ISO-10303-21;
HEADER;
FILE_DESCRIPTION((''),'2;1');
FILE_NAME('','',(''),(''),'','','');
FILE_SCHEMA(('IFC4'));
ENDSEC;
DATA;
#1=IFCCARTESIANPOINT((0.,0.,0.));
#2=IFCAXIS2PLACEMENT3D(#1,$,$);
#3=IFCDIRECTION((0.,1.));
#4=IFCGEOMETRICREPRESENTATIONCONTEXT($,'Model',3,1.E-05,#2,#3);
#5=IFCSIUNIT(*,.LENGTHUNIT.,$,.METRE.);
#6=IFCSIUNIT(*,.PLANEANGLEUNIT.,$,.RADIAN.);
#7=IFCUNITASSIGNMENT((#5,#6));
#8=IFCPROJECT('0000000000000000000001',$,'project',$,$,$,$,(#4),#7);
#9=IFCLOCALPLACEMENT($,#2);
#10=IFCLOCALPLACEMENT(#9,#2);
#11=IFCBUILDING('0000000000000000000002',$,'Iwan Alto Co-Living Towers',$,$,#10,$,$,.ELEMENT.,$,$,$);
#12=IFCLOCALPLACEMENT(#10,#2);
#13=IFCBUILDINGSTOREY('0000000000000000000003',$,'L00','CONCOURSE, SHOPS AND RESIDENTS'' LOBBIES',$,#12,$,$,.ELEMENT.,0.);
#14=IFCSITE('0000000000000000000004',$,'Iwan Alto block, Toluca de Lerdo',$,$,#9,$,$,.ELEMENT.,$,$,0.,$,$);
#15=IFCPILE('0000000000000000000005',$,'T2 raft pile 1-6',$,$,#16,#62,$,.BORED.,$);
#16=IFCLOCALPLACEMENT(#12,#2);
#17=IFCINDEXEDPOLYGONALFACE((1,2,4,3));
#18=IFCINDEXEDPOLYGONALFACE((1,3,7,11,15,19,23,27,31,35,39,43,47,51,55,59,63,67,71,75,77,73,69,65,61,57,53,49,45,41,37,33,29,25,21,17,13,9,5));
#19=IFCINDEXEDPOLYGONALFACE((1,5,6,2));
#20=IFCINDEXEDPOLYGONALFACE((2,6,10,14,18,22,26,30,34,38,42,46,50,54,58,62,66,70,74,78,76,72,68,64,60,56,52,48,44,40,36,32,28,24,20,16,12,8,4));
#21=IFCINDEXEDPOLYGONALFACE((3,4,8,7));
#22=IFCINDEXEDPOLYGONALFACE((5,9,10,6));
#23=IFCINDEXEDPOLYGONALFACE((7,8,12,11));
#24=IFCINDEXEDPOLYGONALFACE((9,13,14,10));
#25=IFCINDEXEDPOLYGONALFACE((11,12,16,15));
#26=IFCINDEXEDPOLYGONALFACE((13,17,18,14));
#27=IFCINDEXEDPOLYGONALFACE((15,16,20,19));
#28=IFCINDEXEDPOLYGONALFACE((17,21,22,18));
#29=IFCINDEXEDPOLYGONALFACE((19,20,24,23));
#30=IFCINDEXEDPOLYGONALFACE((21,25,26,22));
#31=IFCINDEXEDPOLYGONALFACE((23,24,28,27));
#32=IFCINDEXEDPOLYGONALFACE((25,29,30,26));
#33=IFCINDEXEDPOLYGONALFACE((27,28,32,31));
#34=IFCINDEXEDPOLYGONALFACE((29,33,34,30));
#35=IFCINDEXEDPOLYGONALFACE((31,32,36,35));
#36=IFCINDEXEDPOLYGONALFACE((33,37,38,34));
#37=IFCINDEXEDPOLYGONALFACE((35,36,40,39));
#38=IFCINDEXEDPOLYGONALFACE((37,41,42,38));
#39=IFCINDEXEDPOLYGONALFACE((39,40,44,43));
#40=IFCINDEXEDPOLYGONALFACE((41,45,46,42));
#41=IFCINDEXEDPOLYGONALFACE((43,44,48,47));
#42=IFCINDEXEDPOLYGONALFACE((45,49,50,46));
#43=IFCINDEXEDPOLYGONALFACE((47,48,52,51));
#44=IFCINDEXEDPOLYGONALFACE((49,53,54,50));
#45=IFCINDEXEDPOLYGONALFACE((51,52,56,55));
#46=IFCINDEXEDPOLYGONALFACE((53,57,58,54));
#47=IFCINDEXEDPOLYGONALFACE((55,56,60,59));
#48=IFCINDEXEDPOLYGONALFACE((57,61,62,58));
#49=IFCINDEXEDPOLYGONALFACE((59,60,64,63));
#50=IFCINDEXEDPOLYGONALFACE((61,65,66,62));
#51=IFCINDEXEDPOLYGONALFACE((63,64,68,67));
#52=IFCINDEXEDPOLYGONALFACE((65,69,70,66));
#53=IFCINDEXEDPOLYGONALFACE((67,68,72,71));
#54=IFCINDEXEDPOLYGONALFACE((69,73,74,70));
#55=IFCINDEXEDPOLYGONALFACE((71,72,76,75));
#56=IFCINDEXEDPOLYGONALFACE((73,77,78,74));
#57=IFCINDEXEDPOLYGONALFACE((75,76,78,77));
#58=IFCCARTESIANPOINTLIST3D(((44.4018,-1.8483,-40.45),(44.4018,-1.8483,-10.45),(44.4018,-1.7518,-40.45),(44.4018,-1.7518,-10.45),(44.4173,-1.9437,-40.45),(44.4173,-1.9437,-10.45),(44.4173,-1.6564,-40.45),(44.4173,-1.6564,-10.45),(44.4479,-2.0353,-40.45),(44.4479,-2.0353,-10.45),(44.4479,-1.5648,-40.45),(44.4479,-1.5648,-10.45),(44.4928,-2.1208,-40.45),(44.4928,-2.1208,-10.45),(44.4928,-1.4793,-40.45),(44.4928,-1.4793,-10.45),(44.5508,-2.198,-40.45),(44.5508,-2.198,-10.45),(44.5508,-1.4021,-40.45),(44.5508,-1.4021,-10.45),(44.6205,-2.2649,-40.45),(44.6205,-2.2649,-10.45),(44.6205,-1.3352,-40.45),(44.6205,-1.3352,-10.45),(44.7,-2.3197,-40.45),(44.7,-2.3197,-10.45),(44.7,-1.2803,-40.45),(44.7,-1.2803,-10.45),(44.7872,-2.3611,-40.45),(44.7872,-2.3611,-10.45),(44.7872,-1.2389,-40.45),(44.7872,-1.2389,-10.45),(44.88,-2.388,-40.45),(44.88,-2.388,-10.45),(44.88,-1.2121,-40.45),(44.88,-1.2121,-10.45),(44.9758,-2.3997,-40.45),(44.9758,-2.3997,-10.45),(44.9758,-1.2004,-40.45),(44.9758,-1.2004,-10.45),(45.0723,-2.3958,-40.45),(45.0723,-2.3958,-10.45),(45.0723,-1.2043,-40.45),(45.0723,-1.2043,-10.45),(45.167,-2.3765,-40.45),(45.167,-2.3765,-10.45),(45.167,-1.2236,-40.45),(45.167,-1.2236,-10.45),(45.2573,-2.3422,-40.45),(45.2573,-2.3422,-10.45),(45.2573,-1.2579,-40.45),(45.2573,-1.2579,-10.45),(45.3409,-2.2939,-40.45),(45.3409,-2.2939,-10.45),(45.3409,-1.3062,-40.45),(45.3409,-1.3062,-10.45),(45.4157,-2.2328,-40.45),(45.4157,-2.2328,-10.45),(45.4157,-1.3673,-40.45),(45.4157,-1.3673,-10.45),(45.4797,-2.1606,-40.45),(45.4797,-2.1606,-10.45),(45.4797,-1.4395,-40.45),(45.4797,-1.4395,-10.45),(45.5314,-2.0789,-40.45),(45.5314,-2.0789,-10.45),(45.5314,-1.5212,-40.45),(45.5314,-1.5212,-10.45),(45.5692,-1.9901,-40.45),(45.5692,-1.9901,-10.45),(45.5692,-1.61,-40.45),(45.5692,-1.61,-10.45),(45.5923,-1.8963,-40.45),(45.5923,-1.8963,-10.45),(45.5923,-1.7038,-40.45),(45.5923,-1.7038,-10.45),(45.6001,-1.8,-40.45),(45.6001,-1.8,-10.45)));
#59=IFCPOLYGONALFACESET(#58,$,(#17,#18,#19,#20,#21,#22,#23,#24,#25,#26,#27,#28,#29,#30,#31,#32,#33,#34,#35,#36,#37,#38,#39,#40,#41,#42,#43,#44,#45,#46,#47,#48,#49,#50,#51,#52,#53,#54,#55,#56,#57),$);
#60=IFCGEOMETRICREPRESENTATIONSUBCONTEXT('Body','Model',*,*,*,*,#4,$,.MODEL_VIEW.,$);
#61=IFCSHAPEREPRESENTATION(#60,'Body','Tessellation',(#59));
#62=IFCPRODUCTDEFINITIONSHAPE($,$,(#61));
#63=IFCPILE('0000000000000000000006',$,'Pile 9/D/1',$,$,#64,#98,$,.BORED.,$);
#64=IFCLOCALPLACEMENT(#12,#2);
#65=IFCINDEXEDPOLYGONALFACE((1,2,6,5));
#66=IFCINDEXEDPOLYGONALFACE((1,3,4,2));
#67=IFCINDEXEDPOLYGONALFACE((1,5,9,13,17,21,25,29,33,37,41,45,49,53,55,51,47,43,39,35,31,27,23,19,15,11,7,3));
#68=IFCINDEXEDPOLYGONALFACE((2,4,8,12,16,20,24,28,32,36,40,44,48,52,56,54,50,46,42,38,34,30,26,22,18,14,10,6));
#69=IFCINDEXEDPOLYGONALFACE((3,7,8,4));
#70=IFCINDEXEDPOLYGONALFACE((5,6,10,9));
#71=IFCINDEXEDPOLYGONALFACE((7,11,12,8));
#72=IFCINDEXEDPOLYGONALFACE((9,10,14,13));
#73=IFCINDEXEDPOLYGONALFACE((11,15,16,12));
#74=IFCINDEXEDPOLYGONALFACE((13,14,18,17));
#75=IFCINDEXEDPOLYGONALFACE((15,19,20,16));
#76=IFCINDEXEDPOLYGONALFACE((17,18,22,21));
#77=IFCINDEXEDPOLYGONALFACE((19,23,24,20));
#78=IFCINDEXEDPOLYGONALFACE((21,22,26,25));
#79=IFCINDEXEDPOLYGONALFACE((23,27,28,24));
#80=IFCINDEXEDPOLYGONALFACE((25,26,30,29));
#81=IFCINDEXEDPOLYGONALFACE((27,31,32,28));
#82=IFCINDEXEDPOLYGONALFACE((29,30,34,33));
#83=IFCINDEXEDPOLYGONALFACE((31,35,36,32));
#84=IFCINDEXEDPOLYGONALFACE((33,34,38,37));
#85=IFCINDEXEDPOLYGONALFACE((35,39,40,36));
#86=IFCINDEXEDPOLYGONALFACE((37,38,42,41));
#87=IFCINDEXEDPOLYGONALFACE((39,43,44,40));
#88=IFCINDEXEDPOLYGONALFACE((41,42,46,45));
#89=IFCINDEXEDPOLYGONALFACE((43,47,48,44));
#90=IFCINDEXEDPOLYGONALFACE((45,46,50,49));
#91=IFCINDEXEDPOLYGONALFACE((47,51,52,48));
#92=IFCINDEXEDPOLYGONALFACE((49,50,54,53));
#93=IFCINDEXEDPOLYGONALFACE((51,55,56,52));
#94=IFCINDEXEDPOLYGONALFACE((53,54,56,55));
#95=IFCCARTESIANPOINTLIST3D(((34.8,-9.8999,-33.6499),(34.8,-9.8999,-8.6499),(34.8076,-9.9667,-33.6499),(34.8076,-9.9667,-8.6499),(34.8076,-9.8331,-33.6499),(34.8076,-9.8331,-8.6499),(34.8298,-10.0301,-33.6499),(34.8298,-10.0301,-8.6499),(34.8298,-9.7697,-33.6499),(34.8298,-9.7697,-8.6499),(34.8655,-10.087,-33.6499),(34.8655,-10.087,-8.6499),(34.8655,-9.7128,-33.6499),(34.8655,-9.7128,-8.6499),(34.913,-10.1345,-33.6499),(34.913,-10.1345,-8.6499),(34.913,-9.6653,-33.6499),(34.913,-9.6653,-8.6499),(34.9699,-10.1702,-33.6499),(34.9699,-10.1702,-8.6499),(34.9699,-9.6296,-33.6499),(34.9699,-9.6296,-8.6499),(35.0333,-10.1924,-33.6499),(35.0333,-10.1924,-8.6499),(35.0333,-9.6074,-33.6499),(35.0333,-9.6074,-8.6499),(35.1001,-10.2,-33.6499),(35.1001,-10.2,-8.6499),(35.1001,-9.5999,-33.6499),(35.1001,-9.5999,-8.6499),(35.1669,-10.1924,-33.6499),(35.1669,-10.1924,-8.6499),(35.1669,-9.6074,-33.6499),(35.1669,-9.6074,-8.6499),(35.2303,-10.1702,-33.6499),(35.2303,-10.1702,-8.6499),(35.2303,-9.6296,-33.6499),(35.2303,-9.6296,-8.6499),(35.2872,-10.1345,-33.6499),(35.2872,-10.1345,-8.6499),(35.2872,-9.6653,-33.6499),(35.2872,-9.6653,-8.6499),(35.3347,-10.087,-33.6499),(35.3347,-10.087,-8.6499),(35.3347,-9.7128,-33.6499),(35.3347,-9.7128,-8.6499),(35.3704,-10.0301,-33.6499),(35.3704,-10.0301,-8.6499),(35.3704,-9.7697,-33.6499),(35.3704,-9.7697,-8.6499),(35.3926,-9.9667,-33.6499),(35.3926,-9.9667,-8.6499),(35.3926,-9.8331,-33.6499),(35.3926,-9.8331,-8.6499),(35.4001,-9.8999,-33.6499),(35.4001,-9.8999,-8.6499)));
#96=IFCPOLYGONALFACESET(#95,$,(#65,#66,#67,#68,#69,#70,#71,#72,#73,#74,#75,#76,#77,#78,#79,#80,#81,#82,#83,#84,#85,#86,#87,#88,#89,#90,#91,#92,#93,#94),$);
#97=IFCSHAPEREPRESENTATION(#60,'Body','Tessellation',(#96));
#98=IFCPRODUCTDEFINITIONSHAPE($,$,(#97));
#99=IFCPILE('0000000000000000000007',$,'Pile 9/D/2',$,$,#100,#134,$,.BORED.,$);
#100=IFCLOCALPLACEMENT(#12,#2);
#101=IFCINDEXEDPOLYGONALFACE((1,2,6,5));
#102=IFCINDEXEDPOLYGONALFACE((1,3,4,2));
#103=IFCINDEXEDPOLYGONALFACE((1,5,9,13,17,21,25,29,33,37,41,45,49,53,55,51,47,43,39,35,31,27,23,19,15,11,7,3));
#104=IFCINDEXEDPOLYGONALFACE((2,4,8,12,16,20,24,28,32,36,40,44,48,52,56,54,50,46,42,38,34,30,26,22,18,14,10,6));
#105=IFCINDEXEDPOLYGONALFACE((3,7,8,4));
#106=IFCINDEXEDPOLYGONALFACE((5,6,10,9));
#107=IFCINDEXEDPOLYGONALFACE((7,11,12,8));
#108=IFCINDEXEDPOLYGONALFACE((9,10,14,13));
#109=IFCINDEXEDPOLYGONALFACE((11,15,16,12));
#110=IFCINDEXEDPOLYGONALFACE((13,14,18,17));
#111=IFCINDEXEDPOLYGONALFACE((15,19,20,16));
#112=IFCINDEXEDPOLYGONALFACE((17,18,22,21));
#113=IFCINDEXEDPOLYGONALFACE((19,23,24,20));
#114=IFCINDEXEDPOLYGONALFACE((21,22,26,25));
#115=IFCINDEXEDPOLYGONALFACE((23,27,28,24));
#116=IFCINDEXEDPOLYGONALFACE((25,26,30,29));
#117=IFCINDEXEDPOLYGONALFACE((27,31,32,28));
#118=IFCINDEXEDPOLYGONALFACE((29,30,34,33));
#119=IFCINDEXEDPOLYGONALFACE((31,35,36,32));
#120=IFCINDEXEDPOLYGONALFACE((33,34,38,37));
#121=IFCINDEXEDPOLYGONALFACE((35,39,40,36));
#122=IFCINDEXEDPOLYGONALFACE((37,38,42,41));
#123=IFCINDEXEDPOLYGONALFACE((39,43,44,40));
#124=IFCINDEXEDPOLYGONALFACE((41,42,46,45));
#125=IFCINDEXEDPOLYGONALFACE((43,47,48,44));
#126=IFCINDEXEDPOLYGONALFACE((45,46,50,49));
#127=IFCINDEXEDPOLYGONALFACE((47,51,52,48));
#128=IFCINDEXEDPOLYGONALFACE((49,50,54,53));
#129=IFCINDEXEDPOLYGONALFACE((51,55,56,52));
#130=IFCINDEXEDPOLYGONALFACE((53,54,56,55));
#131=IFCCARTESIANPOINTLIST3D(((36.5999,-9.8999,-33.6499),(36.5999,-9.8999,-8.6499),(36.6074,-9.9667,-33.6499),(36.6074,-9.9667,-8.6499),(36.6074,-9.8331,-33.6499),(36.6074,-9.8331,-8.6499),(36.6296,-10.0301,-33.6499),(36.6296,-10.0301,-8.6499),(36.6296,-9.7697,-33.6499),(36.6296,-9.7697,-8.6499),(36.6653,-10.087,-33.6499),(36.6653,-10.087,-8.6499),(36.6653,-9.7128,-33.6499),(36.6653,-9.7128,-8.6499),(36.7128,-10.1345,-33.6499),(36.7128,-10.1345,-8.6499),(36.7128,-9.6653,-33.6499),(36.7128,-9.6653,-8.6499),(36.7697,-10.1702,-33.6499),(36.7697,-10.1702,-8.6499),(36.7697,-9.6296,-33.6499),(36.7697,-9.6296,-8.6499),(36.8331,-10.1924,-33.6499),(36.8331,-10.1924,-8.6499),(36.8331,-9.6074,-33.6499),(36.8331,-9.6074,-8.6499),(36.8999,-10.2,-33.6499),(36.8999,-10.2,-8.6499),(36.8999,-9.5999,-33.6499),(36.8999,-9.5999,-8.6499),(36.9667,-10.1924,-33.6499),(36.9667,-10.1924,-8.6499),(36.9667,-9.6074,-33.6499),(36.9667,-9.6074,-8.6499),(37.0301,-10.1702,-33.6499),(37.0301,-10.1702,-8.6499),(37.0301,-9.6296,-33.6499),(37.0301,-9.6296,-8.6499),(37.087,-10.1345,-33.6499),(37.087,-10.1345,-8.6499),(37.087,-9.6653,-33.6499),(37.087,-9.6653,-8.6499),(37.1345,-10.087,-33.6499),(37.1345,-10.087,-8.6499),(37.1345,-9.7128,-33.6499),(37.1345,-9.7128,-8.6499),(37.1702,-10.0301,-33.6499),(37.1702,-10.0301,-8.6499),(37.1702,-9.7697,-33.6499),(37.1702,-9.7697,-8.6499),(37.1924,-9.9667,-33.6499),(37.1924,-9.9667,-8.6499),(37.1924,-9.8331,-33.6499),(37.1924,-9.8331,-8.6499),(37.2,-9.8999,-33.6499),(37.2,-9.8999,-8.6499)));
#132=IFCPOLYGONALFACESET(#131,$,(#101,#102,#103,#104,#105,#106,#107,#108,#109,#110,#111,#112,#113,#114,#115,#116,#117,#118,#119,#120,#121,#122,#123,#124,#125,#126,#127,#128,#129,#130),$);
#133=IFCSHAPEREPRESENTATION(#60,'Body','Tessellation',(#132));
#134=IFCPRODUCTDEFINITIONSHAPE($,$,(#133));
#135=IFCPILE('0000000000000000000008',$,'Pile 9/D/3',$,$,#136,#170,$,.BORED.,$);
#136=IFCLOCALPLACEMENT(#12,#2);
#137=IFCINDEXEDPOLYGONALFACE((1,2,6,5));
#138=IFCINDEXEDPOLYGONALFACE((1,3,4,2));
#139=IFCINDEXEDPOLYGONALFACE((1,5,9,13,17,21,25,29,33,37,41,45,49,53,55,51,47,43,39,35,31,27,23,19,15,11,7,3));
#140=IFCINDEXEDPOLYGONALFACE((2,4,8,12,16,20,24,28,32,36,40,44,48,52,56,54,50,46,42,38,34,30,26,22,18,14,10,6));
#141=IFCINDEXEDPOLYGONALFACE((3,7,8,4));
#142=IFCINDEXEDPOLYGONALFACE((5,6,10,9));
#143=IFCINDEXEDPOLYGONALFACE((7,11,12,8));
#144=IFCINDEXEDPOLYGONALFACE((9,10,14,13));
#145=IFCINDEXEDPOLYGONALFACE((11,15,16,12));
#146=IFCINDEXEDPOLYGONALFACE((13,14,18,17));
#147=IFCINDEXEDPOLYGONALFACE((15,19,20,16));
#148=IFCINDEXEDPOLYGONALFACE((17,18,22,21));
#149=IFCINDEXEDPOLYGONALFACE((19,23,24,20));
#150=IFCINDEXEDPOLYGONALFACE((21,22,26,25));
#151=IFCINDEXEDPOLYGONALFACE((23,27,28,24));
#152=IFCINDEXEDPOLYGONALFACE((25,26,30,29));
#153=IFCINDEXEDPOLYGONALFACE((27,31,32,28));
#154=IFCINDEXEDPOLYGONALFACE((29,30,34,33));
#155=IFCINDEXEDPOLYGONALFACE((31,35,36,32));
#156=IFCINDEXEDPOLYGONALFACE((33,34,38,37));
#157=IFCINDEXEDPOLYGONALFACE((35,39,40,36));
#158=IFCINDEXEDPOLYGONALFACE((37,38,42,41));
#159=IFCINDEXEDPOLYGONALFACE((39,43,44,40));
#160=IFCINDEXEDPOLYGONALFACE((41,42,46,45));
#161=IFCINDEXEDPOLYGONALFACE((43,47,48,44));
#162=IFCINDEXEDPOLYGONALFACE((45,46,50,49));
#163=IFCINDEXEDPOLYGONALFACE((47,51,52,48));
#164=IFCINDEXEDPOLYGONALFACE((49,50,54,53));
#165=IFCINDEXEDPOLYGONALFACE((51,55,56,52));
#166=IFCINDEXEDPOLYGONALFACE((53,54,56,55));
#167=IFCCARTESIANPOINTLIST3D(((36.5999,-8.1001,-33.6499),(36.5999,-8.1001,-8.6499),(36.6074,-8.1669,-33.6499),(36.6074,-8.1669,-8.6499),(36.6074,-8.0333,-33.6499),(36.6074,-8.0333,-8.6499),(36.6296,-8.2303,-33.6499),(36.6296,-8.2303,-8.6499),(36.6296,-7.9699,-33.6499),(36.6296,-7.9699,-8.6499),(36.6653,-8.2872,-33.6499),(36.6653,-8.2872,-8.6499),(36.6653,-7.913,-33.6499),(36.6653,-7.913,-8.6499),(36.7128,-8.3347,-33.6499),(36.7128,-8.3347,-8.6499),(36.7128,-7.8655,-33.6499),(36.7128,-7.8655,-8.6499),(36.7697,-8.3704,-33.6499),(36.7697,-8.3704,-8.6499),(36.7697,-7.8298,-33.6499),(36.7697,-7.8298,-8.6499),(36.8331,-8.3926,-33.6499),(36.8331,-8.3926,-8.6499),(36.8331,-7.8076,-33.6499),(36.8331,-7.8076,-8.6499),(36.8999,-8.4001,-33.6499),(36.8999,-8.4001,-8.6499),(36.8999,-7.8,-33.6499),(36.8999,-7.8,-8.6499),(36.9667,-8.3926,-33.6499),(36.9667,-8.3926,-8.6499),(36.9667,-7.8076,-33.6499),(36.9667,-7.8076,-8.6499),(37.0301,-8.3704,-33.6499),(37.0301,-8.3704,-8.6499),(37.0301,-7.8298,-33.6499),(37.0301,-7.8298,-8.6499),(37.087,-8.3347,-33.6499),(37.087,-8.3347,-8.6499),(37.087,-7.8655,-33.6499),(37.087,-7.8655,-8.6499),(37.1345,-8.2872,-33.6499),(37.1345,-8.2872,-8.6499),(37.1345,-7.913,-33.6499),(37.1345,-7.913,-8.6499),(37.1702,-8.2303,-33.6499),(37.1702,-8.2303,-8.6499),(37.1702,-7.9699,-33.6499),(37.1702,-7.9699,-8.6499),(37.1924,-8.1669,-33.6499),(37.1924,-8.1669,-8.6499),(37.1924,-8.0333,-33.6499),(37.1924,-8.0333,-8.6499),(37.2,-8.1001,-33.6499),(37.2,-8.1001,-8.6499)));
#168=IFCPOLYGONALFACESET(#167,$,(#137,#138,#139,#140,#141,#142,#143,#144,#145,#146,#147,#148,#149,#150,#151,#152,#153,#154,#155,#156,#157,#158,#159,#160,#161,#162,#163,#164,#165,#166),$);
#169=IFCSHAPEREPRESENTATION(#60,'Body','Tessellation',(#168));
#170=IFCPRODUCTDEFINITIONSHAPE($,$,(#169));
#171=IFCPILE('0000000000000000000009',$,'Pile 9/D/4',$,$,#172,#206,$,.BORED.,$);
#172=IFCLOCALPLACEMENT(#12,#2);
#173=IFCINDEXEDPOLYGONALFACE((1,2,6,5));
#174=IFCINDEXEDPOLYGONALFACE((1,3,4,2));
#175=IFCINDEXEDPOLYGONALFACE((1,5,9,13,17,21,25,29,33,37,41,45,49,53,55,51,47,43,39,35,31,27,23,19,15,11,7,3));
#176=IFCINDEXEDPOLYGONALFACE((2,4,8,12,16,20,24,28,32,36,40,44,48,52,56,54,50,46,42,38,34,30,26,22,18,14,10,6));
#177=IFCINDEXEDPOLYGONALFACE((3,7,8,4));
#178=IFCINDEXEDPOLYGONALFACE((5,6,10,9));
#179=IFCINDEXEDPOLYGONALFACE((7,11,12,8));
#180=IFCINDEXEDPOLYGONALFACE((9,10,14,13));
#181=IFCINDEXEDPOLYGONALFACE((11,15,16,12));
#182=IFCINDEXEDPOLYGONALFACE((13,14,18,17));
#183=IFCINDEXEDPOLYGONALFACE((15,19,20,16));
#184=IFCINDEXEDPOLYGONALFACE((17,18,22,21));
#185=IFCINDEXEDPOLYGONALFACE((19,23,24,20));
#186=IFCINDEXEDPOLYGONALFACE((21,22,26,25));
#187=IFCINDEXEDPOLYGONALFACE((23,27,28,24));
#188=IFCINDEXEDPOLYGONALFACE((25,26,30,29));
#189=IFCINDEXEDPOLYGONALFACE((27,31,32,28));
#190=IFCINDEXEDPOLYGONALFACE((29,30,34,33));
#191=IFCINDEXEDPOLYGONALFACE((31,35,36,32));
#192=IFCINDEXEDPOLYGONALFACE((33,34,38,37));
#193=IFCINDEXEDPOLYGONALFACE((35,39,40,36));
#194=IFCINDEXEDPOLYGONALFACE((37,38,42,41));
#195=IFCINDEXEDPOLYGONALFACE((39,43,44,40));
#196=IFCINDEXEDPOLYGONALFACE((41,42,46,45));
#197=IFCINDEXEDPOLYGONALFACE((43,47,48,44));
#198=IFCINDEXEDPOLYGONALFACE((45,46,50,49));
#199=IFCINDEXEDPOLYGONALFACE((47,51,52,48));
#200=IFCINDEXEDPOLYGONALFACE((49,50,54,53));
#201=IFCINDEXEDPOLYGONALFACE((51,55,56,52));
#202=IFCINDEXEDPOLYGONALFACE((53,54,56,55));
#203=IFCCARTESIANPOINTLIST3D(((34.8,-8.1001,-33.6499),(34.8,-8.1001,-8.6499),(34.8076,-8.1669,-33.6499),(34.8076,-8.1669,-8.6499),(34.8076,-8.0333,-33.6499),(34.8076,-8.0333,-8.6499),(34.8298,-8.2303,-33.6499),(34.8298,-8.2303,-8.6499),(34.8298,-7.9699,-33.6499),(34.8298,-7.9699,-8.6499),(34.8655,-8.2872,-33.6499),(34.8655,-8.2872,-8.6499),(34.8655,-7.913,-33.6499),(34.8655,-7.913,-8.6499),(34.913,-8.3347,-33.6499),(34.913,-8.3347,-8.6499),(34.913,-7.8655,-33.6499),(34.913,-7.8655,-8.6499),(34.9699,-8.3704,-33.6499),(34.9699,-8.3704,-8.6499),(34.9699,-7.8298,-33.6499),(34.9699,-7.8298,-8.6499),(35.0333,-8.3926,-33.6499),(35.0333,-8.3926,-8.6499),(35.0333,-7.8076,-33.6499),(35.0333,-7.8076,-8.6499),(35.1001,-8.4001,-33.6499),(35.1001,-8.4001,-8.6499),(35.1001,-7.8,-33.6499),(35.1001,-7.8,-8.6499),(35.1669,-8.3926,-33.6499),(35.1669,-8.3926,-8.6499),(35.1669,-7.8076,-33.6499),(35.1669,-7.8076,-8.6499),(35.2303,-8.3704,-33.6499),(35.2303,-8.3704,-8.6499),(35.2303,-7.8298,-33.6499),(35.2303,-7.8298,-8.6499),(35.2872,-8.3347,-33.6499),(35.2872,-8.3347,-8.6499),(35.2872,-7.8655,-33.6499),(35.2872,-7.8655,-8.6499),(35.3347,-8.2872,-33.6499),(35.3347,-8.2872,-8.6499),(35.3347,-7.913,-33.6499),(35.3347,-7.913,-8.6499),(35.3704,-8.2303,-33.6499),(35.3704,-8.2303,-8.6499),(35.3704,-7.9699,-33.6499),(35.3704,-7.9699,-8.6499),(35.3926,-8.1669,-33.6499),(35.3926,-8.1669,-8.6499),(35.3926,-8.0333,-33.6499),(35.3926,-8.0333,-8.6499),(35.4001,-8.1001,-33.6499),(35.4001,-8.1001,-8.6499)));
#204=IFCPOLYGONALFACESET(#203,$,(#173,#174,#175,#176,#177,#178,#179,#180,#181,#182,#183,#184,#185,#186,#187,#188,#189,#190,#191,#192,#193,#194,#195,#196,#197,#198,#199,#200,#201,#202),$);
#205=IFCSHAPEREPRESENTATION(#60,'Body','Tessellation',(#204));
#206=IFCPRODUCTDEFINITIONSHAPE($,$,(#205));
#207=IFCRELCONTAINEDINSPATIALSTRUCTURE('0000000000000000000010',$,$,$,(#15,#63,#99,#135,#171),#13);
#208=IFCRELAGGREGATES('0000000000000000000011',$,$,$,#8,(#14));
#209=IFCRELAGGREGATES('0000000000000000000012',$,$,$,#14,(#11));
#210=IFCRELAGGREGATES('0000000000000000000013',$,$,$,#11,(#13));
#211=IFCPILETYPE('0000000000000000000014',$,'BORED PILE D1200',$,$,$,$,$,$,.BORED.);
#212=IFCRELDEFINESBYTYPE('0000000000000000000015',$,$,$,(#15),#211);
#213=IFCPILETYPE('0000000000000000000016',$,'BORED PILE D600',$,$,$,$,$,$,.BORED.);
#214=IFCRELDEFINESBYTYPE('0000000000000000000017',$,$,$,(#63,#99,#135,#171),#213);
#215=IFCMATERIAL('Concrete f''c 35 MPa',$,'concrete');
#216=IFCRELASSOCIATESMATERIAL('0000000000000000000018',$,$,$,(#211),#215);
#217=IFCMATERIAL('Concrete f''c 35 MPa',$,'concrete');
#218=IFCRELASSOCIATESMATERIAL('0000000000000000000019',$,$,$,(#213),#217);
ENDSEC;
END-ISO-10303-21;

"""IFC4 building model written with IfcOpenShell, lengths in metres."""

from ifc_helpers import new_model, si_unit, direction, frame, origin, origin_2d, place, context, subcontext, project, spatial, circle, extrude, material, material_profile, profile_set, type_object, element, save


model = new_model("IFC4")

# Units and contexts
model_context = context("Model", 3, precision=1e-05, world=origin(), true_north=direction((0.0, 1.0)))
body_context = subcontext(model_context, "Body", "Model", "MODEL_VIEW")
ifc_project = project(units=[si_unit("LENGTHUNIT", "METRE"), si_unit("PLANEANGLEUNIT", "RADIAN")], contexts=[model_context])

# Site, building, storey
site_placement = place(None, origin())
site = spatial("IfcSite", under=ifc_project, at=site_placement, Name="Iwan Alto block, Toluca de Lerdo", CompositionType="ELEMENT", RefElevation=0.0)
building_placement = place(site_placement, origin())
building = spatial("IfcBuilding", under=site, at=building_placement, Name="Iwan Alto Co-Living Towers", CompositionType="ELEMENT")
storey_placement = place(building_placement, origin())
storey = spatial("IfcBuildingStorey", under=building, at=storey_placement, Name="L00", Description="CONCOURSE, SHOPS AND RESIDENTS' LOBBIES", CompositionType="ELEMENT", Elevation=0.0)

# Piles
ifc_material_1 = material(Name="Concrete f'c 35 MPa", Category="concrete")
ifc_material_profile_1 = material_profile(ifc_material_1, circle(Radius=0.6001, at=origin_2d()), Name="D1200")
ifc_profile_set_1 = profile_set([ifc_material_profile_1], Name="Concrete f'c 35 MPa")
pile_type_1 = type_object("IfcPileType", Name="BORED PILE D1200", PredefinedType="BORED", material=ifc_profile_set_1)
for number, where, z_axis, x_axis, name in (
    (1, (45.0, -1.8, -10.45), (0.0, 0.0, -1.0), (1.0, 0.0, 0.0), "T2 raft pile 1-6"),
):
    element("IfcPile", number, at=place(storey_placement, frame(where, z_axis=z_axis, x_axis=x_axis)), inside=storey, type_object=pile_type_1, Name=name, PredefinedType="BORED", context=body_context, shape_type="SweptSolid", body=[
        extrude(circle(Radius=0.6001, at=origin_2d()), origin(), (0.0, 0.0, 1.0), 30.0),
    ])
ifc_material_2 = material(Name="Concrete f'c 35 MPa", Category="concrete")
ifc_material_profile_2 = material_profile(ifc_material_2, circle(Radius=0.3, at=origin_2d()), Name="D600")
ifc_profile_set_2 = profile_set([ifc_material_profile_2], Name="Concrete f'c 35 MPa")
pile_type_2 = type_object("IfcPileType", Name="BORED PILE D600", PredefinedType="BORED", material=ifc_profile_set_2)
for number, where, z_axis, x_axis, name in (
    (2, (35.1001, -9.8999, -8.6499), (0.0, 0.0, -1.0), (1.0, 0.0, 0.0), "Pile 9/D/1"),
    (3, (36.8999, -9.8999, -8.6499), (0.0, 0.0, -1.0), (1.0, 0.0, 0.0), "Pile 9/D/2"),
    (4, (36.8999, -8.1001, -8.6499), (0.0, 0.0, -1.0), (1.0, 0.0, 0.0), "Pile 9/D/3"),
    (5, (35.1001, -8.1001, -8.6499), (0.0, 0.0, -1.0), (1.0, 0.0, 0.0), "Pile 9/D/4"),
):
    element("IfcPile", number, at=place(storey_placement, frame(where, z_axis=z_axis, x_axis=x_axis)), inside=storey, type_object=pile_type_2, Name=name, PredefinedType="BORED", context=body_context, shape_type="SweptSolid", body=[
        extrude(circle(Radius=0.3, at=origin_2d()), origin(), (0.0, 0.0, 1.0), 25.0),
    ])

save(model, "model.ifc")
